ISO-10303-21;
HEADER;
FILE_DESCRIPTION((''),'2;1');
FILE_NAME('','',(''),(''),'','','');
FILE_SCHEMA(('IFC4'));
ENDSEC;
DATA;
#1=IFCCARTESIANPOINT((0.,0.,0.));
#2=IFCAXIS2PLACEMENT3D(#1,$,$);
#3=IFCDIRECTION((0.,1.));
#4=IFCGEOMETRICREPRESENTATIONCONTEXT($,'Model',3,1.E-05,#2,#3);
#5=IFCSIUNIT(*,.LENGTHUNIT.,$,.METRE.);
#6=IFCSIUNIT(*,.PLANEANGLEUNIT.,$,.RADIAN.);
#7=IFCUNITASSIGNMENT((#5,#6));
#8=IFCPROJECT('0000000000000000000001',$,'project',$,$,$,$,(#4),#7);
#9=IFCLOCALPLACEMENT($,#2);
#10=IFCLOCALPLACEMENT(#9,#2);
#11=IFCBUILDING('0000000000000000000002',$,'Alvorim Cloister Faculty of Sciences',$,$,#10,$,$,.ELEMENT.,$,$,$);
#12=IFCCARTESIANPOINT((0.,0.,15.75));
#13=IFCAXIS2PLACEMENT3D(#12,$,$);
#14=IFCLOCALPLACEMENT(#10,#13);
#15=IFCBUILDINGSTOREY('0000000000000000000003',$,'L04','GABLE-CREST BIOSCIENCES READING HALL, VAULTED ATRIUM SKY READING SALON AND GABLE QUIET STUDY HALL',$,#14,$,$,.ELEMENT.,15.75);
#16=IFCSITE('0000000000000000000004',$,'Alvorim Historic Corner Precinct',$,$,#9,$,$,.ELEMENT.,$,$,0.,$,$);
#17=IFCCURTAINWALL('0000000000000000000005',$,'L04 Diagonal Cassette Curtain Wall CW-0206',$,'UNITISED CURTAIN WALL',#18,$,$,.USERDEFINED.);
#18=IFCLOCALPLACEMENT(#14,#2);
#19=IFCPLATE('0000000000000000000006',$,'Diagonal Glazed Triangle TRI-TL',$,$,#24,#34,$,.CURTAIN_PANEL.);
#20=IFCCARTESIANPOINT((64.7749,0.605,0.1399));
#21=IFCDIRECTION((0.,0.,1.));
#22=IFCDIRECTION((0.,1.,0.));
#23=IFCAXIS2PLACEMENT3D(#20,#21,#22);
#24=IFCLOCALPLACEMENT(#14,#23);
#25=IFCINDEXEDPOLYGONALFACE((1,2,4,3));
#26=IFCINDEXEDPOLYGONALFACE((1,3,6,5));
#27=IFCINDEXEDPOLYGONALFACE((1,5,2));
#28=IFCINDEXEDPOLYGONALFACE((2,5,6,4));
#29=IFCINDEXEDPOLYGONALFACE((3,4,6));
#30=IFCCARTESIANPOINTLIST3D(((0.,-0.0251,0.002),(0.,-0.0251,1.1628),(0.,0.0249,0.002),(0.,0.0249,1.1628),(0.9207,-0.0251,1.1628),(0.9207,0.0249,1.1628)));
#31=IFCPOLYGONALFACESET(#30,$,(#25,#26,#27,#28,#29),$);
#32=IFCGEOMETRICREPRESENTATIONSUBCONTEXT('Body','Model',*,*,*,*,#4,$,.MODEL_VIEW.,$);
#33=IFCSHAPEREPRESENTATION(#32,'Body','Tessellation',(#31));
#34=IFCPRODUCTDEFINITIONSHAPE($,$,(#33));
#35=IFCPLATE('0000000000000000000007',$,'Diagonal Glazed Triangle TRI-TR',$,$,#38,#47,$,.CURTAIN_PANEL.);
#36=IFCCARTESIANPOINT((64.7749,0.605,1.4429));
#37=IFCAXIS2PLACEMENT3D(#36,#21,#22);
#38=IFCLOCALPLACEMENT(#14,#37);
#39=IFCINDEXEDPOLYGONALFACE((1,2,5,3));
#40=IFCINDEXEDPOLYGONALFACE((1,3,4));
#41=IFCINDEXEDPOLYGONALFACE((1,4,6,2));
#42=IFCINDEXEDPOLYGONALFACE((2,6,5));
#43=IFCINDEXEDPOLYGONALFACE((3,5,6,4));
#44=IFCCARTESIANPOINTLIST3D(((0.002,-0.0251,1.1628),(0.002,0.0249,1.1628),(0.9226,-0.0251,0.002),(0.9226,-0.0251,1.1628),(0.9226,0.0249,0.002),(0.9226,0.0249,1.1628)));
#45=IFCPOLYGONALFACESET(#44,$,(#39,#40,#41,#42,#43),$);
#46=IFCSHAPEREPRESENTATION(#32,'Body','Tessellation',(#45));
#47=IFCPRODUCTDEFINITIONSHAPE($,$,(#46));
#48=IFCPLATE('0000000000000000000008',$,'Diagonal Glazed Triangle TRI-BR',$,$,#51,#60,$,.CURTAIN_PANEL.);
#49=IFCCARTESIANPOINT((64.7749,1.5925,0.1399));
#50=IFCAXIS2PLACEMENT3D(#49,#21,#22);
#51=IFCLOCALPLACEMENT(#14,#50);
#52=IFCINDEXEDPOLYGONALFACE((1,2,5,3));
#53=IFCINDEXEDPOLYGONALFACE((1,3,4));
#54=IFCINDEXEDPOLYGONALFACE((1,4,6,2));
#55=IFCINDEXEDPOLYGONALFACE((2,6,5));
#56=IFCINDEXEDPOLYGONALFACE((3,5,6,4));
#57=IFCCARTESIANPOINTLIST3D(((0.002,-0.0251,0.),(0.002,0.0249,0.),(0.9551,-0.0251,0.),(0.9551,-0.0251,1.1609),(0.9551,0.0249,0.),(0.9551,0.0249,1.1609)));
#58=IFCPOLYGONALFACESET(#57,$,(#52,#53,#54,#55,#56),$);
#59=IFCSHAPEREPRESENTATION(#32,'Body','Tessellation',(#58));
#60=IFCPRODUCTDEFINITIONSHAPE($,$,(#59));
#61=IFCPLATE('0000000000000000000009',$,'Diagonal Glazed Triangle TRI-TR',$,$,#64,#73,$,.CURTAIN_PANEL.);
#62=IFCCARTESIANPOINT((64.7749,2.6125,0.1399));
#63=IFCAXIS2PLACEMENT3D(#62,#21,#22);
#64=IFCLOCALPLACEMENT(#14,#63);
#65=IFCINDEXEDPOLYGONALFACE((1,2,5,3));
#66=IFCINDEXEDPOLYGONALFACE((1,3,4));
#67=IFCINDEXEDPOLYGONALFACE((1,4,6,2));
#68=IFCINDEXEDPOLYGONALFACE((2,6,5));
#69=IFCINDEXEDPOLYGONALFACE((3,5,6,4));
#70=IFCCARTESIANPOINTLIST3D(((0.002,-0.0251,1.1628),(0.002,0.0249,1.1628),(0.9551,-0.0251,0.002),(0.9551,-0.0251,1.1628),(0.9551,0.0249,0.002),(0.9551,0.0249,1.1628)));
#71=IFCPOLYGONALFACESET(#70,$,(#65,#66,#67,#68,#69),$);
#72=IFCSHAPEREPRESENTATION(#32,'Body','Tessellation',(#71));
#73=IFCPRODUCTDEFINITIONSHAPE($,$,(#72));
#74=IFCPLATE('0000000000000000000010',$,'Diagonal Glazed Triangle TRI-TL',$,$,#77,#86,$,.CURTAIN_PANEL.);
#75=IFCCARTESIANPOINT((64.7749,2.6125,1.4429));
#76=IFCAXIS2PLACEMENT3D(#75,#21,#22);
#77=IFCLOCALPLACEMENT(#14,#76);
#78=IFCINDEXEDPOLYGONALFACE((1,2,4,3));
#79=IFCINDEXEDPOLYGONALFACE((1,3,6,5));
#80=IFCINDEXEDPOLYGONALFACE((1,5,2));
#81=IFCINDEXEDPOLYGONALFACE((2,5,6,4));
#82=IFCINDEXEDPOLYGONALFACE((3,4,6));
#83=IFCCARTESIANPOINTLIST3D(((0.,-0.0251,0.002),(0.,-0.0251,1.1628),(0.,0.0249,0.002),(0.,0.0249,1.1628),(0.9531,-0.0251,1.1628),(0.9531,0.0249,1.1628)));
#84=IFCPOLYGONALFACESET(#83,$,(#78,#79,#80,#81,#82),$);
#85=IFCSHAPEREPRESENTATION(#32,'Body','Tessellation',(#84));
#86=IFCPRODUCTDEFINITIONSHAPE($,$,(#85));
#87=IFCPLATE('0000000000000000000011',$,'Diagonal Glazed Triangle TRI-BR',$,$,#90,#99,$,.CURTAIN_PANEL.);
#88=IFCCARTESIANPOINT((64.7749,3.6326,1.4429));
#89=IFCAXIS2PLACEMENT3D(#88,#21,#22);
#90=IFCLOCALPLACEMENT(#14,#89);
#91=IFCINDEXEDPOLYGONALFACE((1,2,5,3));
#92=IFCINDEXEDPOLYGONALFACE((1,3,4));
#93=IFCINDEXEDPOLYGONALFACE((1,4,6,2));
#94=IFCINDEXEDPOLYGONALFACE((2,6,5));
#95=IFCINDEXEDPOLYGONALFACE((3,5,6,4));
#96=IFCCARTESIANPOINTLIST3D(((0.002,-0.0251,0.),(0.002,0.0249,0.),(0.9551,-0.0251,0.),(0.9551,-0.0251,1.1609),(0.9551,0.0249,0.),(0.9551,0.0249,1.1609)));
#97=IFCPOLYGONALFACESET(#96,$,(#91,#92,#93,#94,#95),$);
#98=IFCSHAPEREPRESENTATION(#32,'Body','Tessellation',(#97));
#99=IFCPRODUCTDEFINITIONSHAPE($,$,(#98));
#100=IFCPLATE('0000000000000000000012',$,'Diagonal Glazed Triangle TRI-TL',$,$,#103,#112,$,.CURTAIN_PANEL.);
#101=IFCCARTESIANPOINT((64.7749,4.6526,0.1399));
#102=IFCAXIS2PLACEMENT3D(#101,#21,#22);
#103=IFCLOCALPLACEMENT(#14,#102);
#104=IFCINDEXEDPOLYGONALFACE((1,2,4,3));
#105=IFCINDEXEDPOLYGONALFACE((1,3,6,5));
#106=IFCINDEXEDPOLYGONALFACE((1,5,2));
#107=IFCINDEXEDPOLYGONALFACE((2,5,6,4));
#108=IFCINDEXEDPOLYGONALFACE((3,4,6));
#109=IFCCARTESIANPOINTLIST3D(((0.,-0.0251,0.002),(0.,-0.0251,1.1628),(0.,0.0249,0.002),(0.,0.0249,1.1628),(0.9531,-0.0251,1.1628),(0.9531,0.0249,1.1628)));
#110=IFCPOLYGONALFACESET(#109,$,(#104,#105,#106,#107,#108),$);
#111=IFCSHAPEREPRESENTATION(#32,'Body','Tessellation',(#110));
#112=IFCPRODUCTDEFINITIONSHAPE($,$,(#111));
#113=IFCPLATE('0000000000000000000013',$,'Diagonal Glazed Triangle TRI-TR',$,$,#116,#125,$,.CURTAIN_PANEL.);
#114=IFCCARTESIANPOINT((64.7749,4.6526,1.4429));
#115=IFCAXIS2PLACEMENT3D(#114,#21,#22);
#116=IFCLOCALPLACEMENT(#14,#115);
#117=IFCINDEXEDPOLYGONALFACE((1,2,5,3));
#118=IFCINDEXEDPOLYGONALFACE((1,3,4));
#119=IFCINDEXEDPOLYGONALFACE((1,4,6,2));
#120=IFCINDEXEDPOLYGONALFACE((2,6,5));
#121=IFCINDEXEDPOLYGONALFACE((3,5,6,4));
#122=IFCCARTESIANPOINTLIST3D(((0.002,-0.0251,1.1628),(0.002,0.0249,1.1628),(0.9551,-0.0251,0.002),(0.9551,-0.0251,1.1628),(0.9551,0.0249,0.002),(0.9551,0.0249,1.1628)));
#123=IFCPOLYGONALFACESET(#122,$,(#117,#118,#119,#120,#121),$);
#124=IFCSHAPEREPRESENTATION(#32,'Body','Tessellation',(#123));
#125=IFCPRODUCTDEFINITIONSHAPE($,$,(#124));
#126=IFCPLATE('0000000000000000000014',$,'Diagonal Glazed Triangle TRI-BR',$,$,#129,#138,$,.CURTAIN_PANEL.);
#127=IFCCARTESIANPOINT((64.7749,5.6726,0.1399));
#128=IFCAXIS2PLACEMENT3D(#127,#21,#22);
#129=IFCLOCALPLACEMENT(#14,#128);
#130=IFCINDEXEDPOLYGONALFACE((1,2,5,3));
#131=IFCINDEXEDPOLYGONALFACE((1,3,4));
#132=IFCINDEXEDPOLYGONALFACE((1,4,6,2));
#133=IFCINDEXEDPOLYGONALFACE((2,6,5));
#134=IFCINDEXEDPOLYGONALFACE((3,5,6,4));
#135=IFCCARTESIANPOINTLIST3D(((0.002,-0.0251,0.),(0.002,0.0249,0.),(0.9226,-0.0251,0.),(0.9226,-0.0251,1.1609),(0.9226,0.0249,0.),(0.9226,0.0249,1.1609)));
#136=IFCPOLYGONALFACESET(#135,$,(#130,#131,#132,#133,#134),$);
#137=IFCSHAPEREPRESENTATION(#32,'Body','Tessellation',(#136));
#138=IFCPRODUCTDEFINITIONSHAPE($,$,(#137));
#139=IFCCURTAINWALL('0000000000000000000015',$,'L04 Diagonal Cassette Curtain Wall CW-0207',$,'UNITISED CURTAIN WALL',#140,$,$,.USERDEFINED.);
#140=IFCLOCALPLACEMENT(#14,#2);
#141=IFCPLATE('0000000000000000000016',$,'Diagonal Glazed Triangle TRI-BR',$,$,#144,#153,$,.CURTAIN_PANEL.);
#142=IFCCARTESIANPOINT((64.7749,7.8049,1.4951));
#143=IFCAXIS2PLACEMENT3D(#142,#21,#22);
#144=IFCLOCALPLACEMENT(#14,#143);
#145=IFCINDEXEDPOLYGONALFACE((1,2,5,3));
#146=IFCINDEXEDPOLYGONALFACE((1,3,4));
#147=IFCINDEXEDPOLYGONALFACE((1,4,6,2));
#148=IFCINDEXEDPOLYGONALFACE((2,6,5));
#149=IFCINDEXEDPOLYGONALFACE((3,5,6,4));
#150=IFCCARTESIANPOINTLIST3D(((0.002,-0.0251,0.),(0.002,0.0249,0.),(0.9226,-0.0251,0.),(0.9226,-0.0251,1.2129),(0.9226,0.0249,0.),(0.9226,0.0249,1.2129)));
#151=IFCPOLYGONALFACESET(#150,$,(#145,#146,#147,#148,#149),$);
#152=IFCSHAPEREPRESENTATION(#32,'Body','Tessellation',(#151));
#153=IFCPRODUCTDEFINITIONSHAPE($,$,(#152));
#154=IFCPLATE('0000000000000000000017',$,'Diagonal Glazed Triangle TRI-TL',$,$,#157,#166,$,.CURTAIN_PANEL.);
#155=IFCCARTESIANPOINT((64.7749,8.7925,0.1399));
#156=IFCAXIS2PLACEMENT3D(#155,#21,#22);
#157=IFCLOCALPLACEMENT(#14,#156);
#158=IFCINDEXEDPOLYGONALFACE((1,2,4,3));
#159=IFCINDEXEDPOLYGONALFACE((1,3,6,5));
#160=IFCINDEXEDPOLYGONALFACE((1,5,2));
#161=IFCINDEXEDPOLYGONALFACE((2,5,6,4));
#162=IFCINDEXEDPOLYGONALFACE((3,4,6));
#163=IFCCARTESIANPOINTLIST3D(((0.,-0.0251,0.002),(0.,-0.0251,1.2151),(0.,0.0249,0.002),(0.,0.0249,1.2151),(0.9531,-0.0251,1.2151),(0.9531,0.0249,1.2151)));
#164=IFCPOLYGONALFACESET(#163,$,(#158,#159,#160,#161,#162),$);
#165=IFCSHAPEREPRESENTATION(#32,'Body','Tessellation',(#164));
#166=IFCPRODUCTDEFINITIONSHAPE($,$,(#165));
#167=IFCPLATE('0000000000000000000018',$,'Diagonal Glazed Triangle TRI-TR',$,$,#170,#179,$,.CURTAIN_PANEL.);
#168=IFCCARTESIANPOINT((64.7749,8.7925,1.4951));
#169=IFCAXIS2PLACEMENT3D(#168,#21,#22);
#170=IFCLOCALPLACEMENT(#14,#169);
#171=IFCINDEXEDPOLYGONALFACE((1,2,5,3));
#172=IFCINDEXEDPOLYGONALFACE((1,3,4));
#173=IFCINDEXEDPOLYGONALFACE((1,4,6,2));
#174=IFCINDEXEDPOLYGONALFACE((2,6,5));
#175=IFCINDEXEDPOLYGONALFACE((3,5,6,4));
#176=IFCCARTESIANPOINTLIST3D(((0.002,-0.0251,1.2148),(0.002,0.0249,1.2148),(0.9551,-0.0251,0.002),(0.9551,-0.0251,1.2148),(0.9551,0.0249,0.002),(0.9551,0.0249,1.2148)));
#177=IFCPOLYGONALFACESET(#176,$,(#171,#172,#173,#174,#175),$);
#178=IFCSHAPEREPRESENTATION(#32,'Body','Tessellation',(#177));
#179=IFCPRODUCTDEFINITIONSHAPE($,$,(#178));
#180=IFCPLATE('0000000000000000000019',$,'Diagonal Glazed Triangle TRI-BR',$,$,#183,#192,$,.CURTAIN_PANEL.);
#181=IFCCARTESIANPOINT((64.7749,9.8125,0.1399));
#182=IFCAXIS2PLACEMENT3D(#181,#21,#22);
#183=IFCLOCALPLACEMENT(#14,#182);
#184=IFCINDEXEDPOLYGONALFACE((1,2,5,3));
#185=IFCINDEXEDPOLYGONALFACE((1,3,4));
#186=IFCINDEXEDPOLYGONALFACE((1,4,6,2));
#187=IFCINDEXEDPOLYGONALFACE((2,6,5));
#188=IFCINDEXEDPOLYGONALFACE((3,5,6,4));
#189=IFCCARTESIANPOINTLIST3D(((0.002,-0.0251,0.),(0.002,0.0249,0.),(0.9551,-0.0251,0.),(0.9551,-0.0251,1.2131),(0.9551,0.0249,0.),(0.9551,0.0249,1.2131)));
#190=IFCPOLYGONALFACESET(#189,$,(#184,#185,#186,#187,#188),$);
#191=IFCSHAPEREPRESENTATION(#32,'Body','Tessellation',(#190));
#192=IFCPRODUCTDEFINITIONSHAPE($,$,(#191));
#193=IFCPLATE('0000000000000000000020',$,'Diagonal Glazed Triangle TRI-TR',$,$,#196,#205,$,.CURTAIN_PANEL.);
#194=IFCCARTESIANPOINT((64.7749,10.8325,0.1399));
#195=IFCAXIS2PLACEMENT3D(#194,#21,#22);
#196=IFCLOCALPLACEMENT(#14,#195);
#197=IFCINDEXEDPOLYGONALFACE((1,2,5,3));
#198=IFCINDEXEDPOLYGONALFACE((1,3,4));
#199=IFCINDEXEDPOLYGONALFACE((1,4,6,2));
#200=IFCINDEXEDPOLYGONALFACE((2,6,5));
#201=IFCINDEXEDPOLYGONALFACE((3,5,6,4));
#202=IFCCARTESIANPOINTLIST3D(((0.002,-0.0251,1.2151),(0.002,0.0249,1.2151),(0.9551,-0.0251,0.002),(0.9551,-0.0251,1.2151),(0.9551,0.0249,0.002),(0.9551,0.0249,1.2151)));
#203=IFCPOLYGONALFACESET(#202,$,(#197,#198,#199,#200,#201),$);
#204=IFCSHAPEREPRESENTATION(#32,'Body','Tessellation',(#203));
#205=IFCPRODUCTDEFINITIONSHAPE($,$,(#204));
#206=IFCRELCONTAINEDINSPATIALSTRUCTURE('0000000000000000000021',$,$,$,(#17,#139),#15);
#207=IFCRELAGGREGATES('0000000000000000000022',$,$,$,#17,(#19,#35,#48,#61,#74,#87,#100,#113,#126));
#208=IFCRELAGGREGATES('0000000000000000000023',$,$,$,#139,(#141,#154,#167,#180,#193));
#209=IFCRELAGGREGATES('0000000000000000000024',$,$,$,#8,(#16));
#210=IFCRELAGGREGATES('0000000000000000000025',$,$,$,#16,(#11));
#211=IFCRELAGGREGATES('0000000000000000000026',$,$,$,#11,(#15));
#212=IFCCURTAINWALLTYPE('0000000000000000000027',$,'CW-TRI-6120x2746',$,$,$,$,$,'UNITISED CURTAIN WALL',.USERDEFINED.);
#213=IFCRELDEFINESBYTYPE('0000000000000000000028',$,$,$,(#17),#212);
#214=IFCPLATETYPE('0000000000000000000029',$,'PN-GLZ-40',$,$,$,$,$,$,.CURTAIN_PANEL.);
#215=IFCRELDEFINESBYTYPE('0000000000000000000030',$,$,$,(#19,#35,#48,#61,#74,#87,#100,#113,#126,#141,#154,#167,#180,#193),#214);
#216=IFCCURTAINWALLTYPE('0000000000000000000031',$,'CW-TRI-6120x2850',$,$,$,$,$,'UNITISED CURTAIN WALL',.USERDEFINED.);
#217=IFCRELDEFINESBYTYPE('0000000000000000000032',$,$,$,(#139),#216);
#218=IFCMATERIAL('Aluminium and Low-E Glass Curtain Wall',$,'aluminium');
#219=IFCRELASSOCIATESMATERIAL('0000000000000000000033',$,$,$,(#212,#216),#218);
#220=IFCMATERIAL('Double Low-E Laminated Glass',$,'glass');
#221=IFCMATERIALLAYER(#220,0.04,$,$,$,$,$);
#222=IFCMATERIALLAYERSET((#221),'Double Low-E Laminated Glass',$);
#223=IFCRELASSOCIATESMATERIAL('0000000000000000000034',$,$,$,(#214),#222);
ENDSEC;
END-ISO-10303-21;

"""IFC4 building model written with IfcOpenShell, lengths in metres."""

from ifc_helpers import new_model, si_unit, direction, frame, origin, place, context, subcontext, project, spatial, polyline, outline, extrude, material, layer, layer_set, type_object, element, aggregate, save


model = new_model("IFC4")

# Units and contexts
model_context = context("Model", 3, precision=1e-05, world=origin(), true_north=direction((0.0, 1.0)))
body_context = subcontext(model_context, "Body", "Model", "MODEL_VIEW")
ifc_project = project(units=[si_unit("LENGTHUNIT", "METRE"), si_unit("PLANEANGLEUNIT", "RADIAN")], contexts=[model_context])

# Site, building, storey
site_placement = place(None, origin())
site = spatial("IfcSite", under=ifc_project, at=site_placement, Name="Alvorim Historic Corner Precinct", CompositionType="ELEMENT", RefElevation=0.0)
building_placement = place(site_placement, origin())
building = spatial("IfcBuilding", under=site, at=building_placement, Name="Alvorim Cloister Faculty of Sciences", CompositionType="ELEMENT")
storey_placement = place(building_placement, frame((0.0, 0.0, 15.75)))
storey = spatial("IfcBuildingStorey", under=building, at=storey_placement, Name="L04", Description="GABLE-CREST BIOSCIENCES READING HALL, VAULTED ATRIUM SKY READING SALON AND GABLE QUIET STUDY HALL", CompositionType="ELEMENT", Elevation=15.75)

# Curtain walls, plates
ifc_material_1 = material(Name="Aluminium and Low-E Glass Curtain Wall", Category="aluminium")
curtain_wall_type_1 = type_object("IfcCurtainWallType", Name="CW-TRI-6120x2746", ElementType="UNITISED CURTAIN WALL", PredefinedType="USERDEFINED", material=ifc_material_1)
curtain_wall_1_placement = place(storey_placement, origin())
curtain_wall_1 = element("IfcCurtainWall", 1, at=curtain_wall_1_placement, inside=storey, type_object=curtain_wall_type_1, Name="L04 Diagonal Cassette Curtain Wall CW-0206", ObjectType="UNITISED CURTAIN WALL", PredefinedType="USERDEFINED")
ifc_material_2 = material(Name="Double Low-E Laminated Glass", Category="glass")
ifc_layer_1 = layer(ifc_material_2, 0.04)
ifc_layer_set_1 = layer_set([ifc_layer_1], Name="Double Low-E Laminated Glass")
plate_type = type_object("IfcPlateType", Name="PN-GLZ-40", PredefinedType="CURTAIN_PANEL", material=ifc_layer_set_1)
plate_1_placement = place(storey_placement, frame((64.7749, 0.605, 0.1399), z_axis=(0.0, 0.0, 1.0), x_axis=(0.0, 1.0, 0.0)))
plate_1 = element("IfcPlate", 2, at=plate_1_placement, type_object=plate_type, Name="Diagonal Glazed Triangle TRI-TL", PredefinedType="CURTAIN_PANEL", context=body_context, shape_type="SweptSolid", body=[
    extrude(outline(polyline([(0.9207, 1.1628), (0.0, 1.1628), (0.0, 0.002), (0.9207, 1.1628)])), frame((0.0, 0.0249, 0.0), z_axis=(0.0, -1.0, 0.0), x_axis=(1.0, 0.0, 0.0)), (0.0, 0.0, 1.0), 0.05),
])
plate_2_placement = place(storey_placement, frame((64.7749, 0.605, 1.4429), z_axis=(0.0, 0.0, 1.0), x_axis=(0.0, 1.0, 0.0)))
plate_2 = element("IfcPlate", 3, at=plate_2_placement, type_object=plate_type, Name="Diagonal Glazed Triangle TRI-TR", PredefinedType="CURTAIN_PANEL", context=body_context, shape_type="SweptSolid", body=[
    extrude(outline(polyline([(0.9226, 0.002), (0.9226, 1.1628), (0.002, 1.1628), (0.9226, 0.002)])), frame((0.0, 0.0249, 0.0), z_axis=(0.0, -1.0, 0.0), x_axis=(1.0, 0.0, 0.0)), (0.0, 0.0, 1.0), 0.05),
])
plate_3_placement = place(storey_placement, frame((64.7749, 1.5925, 0.1399), z_axis=(0.0, 0.0, 1.0), x_axis=(0.0, 1.0, 0.0)))
plate_3 = element("IfcPlate", 4, at=plate_3_placement, type_object=plate_type, Name="Diagonal Glazed Triangle TRI-BR", PredefinedType="CURTAIN_PANEL", context=body_context, shape_type="SweptSolid", body=[
    extrude(outline(polyline([(0.002, 0.0), (0.9551, 0.0), (0.9551, 1.1609), (0.002, 0.0)])), frame((0.0, 0.0249, 0.0), z_axis=(0.0, -1.0, 0.0), x_axis=(1.0, 0.0, 0.0)), (0.0, 0.0, 1.0), 0.05),
])
plate_4_placement = place(storey_placement, frame((64.7749, 2.6125, 0.1399), z_axis=(0.0, 0.0, 1.0), x_axis=(0.0, 1.0, 0.0)))
plate_4 = element("IfcPlate", 5, at=plate_4_placement, type_object=plate_type, Name="Diagonal Glazed Triangle TRI-TR", PredefinedType="CURTAIN_PANEL", context=body_context, shape_type="SweptSolid", body=[
    extrude(outline(polyline([(0.9551, 0.002), (0.9551, 1.1628), (0.002, 1.1628), (0.9551, 0.002)])), frame((0.0, 0.0249, 0.0), z_axis=(0.0, -1.0, 0.0), x_axis=(1.0, 0.0, 0.0)), (0.0, 0.0, 1.0), 0.05),
])
plate_5_placement = place(storey_placement, frame((64.7749, 2.6125, 1.4429), z_axis=(0.0, 0.0, 1.0), x_axis=(0.0, 1.0, 0.0)))
plate_5 = element("IfcPlate", 6, at=plate_5_placement, type_object=plate_type, Name="Diagonal Glazed Triangle TRI-TL", PredefinedType="CURTAIN_PANEL", context=body_context, shape_type="SweptSolid", body=[
    extrude(outline(polyline([(0.9531, 1.1628), (0.0, 1.1628), (0.0, 0.002), (0.9531, 1.1628)])), frame((0.0, 0.0249, 0.0), z_axis=(0.0, -1.0, 0.0), x_axis=(1.0, 0.0, 0.0)), (0.0, 0.0, 1.0), 0.05),
])
plate_6_placement = place(storey_placement, frame((64.7749, 3.6326, 1.4429), z_axis=(0.0, 0.0, 1.0), x_axis=(0.0, 1.0, 0.0)))
plate_6 = element("IfcPlate", 7, at=plate_6_placement, type_object=plate_type, Name="Diagonal Glazed Triangle TRI-BR", PredefinedType="CURTAIN_PANEL", context=body_context, shape_type="SweptSolid", body=[
    extrude(outline(polyline([(0.002, 0.0), (0.9551, 0.0), (0.9551, 1.1609), (0.002, 0.0)])), frame((0.0, 0.0249, 0.0), z_axis=(0.0, -1.0, 0.0), x_axis=(1.0, 0.0, 0.0)), (0.0, 0.0, 1.0), 0.05),
])
plate_7_placement = place(storey_placement, frame((64.7749, 4.6526, 0.1399), z_axis=(0.0, 0.0, 1.0), x_axis=(0.0, 1.0, 0.0)))
plate_7 = element("IfcPlate", 8, at=plate_7_placement, type_object=plate_type, Name="Diagonal Glazed Triangle TRI-TL", PredefinedType="CURTAIN_PANEL", context=body_context, shape_type="SweptSolid", body=[
    extrude(outline(polyline([(0.9531, 1.1628), (0.0, 1.1628), (0.0, 0.002), (0.9531, 1.1628)])), frame((0.0, 0.0249, 0.0), z_axis=(0.0, -1.0, 0.0), x_axis=(1.0, 0.0, 0.0)), (0.0, 0.0, 1.0), 0.05),
])
plate_8_placement = place(storey_placement, frame((64.7749, 4.6526, 1.4429), z_axis=(0.0, 0.0, 1.0), x_axis=(0.0, 1.0, 0.0)))
plate_8 = element("IfcPlate", 9, at=plate_8_placement, type_object=plate_type, Name="Diagonal Glazed Triangle TRI-TR", PredefinedType="CURTAIN_PANEL", context=body_context, shape_type="SweptSolid", body=[
    extrude(outline(polyline([(0.9551, 0.002), (0.9551, 1.1628), (0.002, 1.1628), (0.9551, 0.002)])), frame((0.0, 0.0249, 0.0), z_axis=(0.0, -1.0, 0.0), x_axis=(1.0, 0.0, 0.0)), (0.0, 0.0, 1.0), 0.05),
])
plate_9_placement = place(storey_placement, frame((64.7749, 5.6726, 0.1399), z_axis=(0.0, 0.0, 1.0), x_axis=(0.0, 1.0, 0.0)))
plate_9 = element("IfcPlate", 10, at=plate_9_placement, type_object=plate_type, Name="Diagonal Glazed Triangle TRI-BR", PredefinedType="CURTAIN_PANEL", context=body_context, shape_type="SweptSolid", body=[
    extrude(outline(polyline([(0.002, 0.0), (0.9226, 0.0), (0.9226, 1.1609), (0.002, 0.0)])), frame((0.0, 0.0249, 0.0), z_axis=(0.0, -1.0, 0.0), x_axis=(1.0, 0.0, 0.0)), (0.0, 0.0, 1.0), 0.05),
])
aggregate(curtain_wall_1, [plate_1, plate_2, plate_3, plate_4, plate_5, plate_6, plate_7, plate_8, plate_9])
curtain_wall_type_2 = type_object("IfcCurtainWallType", Name="CW-TRI-6120x2850", ElementType="UNITISED CURTAIN WALL", PredefinedType="USERDEFINED", material=ifc_material_1)
curtain_wall_2_placement = place(storey_placement, origin())
curtain_wall_2 = element("IfcCurtainWall", 11, at=curtain_wall_2_placement, inside=storey, type_object=curtain_wall_type_2, Name="L04 Diagonal Cassette Curtain Wall CW-0207", ObjectType="UNITISED CURTAIN WALL", PredefinedType="USERDEFINED")
plate_10_placement = place(storey_placement, frame((64.7749, 7.8049, 1.4951), z_axis=(0.0, 0.0, 1.0), x_axis=(0.0, 1.0, 0.0)))
plate_10 = element("IfcPlate", 12, at=plate_10_placement, type_object=plate_type, Name="Diagonal Glazed Triangle TRI-BR", PredefinedType="CURTAIN_PANEL", context=body_context, shape_type="SweptSolid", body=[
    extrude(outline(polyline([(0.002, 0.0), (0.9226, 0.0), (0.9226, 1.2129), (0.002, 0.0)])), frame((0.0, 0.0249, 0.0), z_axis=(0.0, -1.0, 0.0), x_axis=(1.0, 0.0, 0.0)), (0.0, 0.0, 1.0), 0.05),
])
plate_11_placement = place(storey_placement, frame((64.7749, 8.7925, 0.1399), z_axis=(0.0, 0.0, 1.0), x_axis=(0.0, 1.0, 0.0)))
plate_11 = element("IfcPlate", 13, at=plate_11_placement, type_object=plate_type, Name="Diagonal Glazed Triangle TRI-TL", PredefinedType="CURTAIN_PANEL", context=body_context, shape_type="SweptSolid", body=[
    extrude(outline(polyline([(0.9531, 1.2151), (0.0, 1.2151), (0.0, 0.002), (0.9531, 1.2151)])), frame((0.0, 0.0249, 0.0), z_axis=(0.0, -1.0, 0.0), x_axis=(1.0, 0.0, 0.0)), (0.0, 0.0, 1.0), 0.05),
])
plate_12_placement = place(storey_placement, frame((64.7749, 8.7925, 1.4951), z_axis=(0.0, 0.0, 1.0), x_axis=(0.0, 1.0, 0.0)))
plate_12 = element("IfcPlate", 14, at=plate_12_placement, type_object=plate_type, Name="Diagonal Glazed Triangle TRI-TR", PredefinedType="CURTAIN_PANEL", context=body_context, shape_type="SweptSolid", body=[
    extrude(outline(polyline([(0.9551, 0.002), (0.9551, 1.2148), (0.002, 1.2148), (0.9551, 0.002)])), frame((0.0, 0.0249, 0.0), z_axis=(0.0, -1.0, 0.0), x_axis=(1.0, 0.0, 0.0)), (0.0, 0.0, 1.0), 0.05),
])
plate_13_placement = place(storey_placement, frame((64.7749, 9.8125, 0.1399), z_axis=(0.0, 0.0, 1.0), x_axis=(0.0, 1.0, 0.0)))
plate_13 = element("IfcPlate", 15, at=plate_13_placement, type_object=plate_type, Name="Diagonal Glazed Triangle TRI-BR", PredefinedType="CURTAIN_PANEL", context=body_context, shape_type="SweptSolid", body=[
    extrude(outline(polyline([(0.002, 0.0), (0.9551, 0.0), (0.9551, 1.2131), (0.002, 0.0)])), frame((0.0, 0.0249, 0.0), z_axis=(0.0, -1.0, 0.0), x_axis=(1.0, 0.0, 0.0)), (0.0, 0.0, 1.0), 0.05),
])
plate_14_placement = place(storey_placement, frame((64.7749, 10.8325, 0.1399), z_axis=(0.0, 0.0, 1.0), x_axis=(0.0, 1.0, 0.0)))
plate_14 = element("IfcPlate", 16, at=plate_14_placement, type_object=plate_type, Name="Diagonal Glazed Triangle TRI-TR", PredefinedType="CURTAIN_PANEL", context=body_context, shape_type="SweptSolid", body=[
    extrude(outline(polyline([(0.9551, 0.002), (0.9551, 1.2151), (0.002, 1.2151), (0.9551, 0.002)])), frame((0.0, 0.0249, 0.0), z_axis=(0.0, -1.0, 0.0), x_axis=(1.0, 0.0, 0.0)), (0.0, 0.0, 1.0), 0.05),
])
aggregate(curtain_wall_2, [plate_10, plate_11, plate_12, plate_13, plate_14])

save(model, "model.ifc")
